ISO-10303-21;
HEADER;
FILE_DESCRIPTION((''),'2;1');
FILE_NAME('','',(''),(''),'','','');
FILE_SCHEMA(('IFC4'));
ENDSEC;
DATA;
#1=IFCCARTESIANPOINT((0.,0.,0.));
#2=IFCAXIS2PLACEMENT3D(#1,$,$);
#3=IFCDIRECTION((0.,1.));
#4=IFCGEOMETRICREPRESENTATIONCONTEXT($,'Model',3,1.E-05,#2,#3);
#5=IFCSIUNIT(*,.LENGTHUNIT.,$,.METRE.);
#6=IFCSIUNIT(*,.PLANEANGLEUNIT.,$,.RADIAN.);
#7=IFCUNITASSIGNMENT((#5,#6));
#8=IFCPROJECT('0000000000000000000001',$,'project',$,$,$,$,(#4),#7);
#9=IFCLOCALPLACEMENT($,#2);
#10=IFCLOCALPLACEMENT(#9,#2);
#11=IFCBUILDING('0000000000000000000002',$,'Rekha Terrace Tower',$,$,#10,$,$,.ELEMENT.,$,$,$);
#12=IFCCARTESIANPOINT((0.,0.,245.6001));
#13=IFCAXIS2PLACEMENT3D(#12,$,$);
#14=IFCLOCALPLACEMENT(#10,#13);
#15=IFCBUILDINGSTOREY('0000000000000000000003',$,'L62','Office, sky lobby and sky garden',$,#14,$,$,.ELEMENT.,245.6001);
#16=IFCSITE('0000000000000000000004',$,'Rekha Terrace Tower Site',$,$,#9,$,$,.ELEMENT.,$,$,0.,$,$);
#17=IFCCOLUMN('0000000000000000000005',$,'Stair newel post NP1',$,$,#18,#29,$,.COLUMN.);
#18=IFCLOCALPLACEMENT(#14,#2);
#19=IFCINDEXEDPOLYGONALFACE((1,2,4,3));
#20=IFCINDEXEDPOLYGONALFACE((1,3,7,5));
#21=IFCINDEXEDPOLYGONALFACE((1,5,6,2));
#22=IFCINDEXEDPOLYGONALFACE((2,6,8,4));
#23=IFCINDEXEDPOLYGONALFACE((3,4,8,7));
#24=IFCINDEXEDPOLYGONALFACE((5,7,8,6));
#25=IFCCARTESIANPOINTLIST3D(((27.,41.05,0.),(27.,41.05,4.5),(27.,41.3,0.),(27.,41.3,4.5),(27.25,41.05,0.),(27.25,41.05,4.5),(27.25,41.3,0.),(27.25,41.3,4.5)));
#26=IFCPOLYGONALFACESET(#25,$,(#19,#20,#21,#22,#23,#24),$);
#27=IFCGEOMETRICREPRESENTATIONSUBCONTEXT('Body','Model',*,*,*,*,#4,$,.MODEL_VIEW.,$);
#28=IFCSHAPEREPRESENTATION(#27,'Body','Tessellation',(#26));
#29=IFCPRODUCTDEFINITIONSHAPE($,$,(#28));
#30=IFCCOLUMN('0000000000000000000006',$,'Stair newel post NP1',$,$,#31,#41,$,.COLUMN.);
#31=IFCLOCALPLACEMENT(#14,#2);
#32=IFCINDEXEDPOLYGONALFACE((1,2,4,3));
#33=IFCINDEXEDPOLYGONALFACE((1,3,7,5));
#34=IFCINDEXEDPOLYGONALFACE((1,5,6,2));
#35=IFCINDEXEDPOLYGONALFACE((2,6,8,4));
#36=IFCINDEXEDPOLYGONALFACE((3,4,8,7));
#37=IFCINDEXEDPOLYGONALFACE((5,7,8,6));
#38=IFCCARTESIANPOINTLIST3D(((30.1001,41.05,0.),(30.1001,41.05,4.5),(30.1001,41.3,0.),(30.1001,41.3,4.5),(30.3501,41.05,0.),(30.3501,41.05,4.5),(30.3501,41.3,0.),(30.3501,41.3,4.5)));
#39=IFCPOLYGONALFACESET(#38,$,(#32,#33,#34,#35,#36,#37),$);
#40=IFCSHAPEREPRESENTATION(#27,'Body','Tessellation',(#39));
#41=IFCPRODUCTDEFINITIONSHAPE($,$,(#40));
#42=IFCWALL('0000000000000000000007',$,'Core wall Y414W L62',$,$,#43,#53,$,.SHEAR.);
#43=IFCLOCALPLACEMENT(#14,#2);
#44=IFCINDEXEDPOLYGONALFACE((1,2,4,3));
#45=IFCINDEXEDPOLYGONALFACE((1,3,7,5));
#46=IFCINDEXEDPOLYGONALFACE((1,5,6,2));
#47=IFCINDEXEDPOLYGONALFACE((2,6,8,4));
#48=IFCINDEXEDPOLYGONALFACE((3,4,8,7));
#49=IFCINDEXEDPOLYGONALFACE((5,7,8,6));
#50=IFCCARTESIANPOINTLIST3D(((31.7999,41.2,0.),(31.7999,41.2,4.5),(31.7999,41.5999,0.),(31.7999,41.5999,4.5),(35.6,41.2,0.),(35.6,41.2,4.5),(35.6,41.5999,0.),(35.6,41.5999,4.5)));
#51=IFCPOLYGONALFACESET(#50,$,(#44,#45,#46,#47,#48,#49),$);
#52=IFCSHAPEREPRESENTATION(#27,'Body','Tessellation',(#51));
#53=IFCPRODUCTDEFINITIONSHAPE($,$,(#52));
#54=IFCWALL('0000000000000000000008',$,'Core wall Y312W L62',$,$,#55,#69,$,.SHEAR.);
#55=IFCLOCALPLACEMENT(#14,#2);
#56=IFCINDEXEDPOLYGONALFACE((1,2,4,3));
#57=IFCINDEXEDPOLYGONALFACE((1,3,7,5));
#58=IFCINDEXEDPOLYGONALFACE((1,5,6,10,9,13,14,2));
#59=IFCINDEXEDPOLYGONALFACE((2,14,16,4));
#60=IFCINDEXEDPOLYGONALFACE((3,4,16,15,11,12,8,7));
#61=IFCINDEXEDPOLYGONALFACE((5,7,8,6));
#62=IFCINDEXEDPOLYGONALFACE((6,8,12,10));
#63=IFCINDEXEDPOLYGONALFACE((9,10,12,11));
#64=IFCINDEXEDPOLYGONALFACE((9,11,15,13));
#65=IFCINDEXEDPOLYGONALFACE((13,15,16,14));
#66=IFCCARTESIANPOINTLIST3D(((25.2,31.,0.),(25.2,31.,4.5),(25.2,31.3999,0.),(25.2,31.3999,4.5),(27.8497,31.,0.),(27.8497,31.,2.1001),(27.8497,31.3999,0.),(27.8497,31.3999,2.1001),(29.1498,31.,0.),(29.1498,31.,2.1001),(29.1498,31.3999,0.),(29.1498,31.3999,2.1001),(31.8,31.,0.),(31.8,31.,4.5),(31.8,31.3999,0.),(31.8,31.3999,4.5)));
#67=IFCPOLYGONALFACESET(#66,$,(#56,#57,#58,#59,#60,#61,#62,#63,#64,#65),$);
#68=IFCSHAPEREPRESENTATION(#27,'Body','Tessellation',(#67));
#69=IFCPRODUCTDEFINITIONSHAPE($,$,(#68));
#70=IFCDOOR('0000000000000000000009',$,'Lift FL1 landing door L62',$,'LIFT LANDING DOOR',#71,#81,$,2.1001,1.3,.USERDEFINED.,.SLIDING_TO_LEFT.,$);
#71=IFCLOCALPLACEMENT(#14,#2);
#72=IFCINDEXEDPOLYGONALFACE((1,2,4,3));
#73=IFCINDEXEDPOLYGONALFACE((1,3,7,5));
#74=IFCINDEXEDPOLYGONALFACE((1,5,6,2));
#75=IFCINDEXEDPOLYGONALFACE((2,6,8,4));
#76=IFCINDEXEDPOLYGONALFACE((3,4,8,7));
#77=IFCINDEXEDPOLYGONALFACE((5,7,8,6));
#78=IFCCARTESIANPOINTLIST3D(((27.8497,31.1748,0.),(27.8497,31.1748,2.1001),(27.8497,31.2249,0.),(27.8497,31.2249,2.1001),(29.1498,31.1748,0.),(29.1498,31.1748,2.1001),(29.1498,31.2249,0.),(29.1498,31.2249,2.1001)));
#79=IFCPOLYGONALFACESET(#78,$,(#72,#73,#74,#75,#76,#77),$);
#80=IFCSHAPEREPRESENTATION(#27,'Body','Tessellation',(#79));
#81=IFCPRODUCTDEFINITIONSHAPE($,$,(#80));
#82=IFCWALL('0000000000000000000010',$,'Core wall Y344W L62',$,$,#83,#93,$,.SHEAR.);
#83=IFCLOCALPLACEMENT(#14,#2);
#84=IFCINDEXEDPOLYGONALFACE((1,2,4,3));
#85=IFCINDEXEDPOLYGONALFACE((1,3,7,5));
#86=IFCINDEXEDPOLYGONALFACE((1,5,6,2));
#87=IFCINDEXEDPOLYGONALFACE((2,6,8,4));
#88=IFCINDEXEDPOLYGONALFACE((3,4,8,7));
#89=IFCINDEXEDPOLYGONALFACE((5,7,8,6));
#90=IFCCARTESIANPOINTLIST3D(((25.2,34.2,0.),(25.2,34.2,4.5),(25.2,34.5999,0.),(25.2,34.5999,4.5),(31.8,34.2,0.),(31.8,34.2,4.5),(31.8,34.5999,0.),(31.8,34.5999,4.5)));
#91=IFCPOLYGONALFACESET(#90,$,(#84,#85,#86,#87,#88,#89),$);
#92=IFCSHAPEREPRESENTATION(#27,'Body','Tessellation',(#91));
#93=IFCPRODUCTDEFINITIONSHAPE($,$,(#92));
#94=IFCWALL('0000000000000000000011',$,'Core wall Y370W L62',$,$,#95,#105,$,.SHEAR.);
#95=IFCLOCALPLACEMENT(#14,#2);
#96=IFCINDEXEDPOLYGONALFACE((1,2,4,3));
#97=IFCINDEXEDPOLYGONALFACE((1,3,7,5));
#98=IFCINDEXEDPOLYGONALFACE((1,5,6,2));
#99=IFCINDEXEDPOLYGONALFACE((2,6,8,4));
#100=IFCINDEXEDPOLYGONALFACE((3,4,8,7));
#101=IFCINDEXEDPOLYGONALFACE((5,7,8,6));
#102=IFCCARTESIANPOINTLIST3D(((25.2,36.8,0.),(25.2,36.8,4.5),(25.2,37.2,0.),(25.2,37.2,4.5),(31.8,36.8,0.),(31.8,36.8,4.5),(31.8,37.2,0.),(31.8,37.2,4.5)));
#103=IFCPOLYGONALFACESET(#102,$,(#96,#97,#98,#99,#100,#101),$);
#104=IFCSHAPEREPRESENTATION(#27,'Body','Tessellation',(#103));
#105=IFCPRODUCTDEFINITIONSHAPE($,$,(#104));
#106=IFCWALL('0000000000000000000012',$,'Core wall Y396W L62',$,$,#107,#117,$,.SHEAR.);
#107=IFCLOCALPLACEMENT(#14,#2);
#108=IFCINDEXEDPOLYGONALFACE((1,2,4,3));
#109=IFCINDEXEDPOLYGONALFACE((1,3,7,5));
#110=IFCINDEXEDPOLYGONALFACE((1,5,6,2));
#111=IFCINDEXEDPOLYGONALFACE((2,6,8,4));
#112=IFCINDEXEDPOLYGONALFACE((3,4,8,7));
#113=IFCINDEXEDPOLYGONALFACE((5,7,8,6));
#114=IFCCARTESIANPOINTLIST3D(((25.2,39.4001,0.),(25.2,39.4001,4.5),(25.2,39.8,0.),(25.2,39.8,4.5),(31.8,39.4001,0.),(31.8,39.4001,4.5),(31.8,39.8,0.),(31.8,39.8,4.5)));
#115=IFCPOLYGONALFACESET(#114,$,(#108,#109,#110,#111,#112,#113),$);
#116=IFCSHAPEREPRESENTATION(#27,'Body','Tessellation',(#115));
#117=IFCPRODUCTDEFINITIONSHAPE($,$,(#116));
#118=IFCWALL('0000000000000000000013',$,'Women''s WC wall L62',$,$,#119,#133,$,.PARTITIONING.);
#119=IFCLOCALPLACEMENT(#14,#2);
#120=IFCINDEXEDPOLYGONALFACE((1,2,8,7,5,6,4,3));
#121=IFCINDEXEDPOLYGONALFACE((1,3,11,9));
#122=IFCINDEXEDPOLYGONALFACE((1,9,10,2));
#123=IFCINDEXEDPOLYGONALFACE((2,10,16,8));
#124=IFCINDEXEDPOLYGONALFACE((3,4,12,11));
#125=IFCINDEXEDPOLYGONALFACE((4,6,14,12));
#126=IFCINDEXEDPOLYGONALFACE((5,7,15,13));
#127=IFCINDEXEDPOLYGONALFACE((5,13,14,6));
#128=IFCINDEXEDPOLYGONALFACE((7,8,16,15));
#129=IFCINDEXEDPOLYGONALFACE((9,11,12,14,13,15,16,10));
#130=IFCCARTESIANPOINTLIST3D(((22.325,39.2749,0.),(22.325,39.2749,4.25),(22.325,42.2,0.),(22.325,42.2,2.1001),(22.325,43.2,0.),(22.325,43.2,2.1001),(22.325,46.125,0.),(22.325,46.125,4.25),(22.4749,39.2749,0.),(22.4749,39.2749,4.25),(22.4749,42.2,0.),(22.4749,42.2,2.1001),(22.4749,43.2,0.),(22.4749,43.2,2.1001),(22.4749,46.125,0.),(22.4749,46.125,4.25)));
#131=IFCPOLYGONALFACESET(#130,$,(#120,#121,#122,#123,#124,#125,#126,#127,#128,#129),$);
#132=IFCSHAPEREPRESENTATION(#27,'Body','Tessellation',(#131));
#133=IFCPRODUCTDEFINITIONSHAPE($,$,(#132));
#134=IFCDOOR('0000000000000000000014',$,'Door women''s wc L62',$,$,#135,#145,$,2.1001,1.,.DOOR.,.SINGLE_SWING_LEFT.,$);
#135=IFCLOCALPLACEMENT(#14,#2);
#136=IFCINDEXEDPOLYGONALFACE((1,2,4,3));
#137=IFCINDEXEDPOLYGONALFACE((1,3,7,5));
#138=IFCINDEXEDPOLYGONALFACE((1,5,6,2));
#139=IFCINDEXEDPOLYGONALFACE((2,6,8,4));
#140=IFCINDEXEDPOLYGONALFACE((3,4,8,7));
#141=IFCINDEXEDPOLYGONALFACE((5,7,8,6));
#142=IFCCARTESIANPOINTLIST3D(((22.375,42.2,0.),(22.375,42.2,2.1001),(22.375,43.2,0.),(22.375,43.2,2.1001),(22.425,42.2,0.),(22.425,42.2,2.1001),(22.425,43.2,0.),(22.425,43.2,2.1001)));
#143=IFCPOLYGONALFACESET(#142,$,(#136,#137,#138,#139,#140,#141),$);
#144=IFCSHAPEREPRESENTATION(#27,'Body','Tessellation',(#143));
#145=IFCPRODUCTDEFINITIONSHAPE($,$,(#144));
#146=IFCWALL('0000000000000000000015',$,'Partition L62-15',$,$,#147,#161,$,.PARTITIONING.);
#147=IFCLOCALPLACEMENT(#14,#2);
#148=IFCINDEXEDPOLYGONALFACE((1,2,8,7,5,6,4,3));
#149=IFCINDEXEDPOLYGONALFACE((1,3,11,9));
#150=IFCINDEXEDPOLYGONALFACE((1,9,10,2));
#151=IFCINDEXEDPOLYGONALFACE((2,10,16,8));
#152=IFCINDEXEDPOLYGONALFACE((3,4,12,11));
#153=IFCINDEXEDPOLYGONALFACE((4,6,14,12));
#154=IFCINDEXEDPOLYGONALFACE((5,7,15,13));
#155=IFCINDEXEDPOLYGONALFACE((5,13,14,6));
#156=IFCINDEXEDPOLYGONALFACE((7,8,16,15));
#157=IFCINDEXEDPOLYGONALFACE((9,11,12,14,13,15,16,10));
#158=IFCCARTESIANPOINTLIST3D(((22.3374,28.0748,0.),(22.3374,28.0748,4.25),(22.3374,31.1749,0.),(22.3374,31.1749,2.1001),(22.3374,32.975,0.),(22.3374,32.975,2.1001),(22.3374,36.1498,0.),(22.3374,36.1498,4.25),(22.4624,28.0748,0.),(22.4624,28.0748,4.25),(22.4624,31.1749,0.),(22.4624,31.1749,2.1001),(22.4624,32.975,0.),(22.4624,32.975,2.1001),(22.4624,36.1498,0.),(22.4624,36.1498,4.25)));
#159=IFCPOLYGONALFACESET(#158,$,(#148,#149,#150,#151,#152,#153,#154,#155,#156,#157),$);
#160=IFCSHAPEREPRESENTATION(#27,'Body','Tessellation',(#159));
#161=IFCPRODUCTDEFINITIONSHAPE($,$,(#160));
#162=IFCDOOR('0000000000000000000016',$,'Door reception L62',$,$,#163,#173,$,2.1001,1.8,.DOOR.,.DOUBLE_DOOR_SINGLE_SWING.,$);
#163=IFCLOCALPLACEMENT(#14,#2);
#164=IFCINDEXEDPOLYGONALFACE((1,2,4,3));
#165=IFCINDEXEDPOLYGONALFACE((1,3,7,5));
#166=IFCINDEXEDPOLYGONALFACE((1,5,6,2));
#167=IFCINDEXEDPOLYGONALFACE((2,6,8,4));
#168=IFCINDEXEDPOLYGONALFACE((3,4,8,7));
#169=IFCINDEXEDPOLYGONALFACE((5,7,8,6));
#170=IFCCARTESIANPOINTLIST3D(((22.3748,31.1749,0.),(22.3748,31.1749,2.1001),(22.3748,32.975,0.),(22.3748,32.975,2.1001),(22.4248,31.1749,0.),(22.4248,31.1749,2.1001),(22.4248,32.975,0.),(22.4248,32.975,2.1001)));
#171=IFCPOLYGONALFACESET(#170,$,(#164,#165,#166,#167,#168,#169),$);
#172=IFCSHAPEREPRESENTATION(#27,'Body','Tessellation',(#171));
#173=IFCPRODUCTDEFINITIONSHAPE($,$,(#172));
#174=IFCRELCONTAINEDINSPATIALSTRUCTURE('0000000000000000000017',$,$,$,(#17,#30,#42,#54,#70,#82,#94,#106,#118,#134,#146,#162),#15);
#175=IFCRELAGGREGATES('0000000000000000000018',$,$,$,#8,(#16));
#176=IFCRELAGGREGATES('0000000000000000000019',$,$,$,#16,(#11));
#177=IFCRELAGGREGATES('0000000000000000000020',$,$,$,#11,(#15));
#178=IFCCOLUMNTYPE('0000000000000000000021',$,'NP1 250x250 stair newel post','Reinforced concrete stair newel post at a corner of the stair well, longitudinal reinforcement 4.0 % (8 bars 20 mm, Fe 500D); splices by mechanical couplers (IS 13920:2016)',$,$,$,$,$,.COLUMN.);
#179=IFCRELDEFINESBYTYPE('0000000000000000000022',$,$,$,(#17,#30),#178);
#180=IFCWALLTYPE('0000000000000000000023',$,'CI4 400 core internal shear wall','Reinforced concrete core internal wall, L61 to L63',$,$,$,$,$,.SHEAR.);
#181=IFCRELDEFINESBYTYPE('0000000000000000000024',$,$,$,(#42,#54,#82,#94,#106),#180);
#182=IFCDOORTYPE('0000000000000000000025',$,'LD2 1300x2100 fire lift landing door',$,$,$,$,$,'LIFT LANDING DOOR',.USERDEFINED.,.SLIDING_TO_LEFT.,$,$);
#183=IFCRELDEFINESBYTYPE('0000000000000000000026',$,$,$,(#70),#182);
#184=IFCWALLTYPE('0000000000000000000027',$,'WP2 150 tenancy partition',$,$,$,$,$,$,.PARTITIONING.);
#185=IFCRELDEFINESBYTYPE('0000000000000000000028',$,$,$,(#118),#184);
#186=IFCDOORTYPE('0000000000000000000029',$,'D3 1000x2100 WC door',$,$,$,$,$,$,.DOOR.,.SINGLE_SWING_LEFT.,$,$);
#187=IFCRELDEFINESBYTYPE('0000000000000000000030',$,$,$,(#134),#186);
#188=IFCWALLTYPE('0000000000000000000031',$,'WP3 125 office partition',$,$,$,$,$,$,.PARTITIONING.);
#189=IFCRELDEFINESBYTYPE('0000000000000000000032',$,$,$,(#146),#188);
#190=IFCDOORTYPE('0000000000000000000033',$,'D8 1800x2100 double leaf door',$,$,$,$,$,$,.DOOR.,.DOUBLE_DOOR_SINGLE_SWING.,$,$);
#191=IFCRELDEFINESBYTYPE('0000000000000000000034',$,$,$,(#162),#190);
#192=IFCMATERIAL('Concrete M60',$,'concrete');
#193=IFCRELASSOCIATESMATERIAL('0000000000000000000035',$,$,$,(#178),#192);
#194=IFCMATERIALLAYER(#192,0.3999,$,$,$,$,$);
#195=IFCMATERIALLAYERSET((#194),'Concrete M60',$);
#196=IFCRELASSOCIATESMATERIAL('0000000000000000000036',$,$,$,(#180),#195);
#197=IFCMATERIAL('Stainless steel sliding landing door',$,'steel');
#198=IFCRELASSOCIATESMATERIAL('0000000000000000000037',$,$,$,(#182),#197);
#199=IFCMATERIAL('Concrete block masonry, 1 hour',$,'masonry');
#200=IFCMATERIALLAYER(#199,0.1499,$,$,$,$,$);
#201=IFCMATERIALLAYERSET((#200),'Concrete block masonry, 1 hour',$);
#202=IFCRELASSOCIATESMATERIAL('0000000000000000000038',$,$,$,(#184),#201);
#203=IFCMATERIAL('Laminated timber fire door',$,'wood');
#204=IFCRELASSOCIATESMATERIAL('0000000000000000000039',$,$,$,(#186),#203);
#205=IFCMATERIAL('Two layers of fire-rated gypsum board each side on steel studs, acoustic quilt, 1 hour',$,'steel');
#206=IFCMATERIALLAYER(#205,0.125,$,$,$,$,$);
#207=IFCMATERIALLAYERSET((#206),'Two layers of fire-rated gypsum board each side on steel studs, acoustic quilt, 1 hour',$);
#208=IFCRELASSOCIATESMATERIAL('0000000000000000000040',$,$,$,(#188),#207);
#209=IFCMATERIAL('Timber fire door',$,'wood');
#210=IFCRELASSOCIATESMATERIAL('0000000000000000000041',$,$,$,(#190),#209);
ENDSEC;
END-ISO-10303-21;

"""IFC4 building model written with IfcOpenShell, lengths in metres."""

from ifc_helpers import new_model, si_unit, direction, frame, frame_2d, origin, origin_2d, place, context, subcontext, project, spatial, rectangle, extrude, material, layer, layer_set, material_profile, profile_set, type_object, element, fill, save


model = new_model("IFC4")

# Units and contexts
model_context = context("Model", 3, precision=1e-05, world=origin(), true_north=direction((0.0, 1.0)))
body_context = subcontext(model_context, "Body", "Model", "MODEL_VIEW")
ifc_project = project(units=[si_unit("LENGTHUNIT", "METRE"), si_unit("PLANEANGLEUNIT", "RADIAN")], contexts=[model_context])

# Site, building, storey
site_placement = place(None, origin())
site = spatial("IfcSite", under=ifc_project, at=site_placement, Name="Rekha Terrace Tower Site", CompositionType="ELEMENT", RefElevation=0.0)
building_placement = place(site_placement, origin())
building = spatial("IfcBuilding", under=site, at=building_placement, Name="Rekha Terrace Tower", CompositionType="ELEMENT")
storey_placement = place(building_placement, frame((0.0, 0.0, 245.6001)))
storey = spatial("IfcBuildingStorey", under=building, at=storey_placement, Name="L62", Description="Office, sky lobby and sky garden", CompositionType="ELEMENT", Elevation=245.6001)

# Columns
ifc_material_1 = material(Name="Concrete M60", Category="concrete")
ifc_material_profile = material_profile(ifc_material_1, rectangle(XDim=0.25, YDim=0.25, at=origin_2d()), Name="RC 250x250")
ifc_profile_set = profile_set([ifc_material_profile], Name="Concrete M60")
column_type = type_object("IfcColumnType", Name="NP1 250x250 stair newel post", Description="Reinforced concrete stair newel post at a corner of the stair well, longitudinal reinforcement 4.0 % (8 bars 20 mm, Fe 500D); splices by mechanical couplers (IS 13920:2016)", PredefinedType="COLUMN", material=ifc_profile_set)
for number, where, z_axis, x_axis, name in (
    (1, (27.125, 41.175, 0.0), (0.0, 0.0, 1.0), (1.0, 0.0, 0.0), "Stair newel post NP1"),
    (2, (30.2251, 41.175, 0.0), (0.0, 0.0, 1.0), (1.0, 0.0, 0.0), "Stair newel post NP1"),
):
    element("IfcColumn", number, at=place(storey_placement, frame(where, z_axis=z_axis, x_axis=x_axis)), inside=storey, type_object=column_type, Name=name, PredefinedType="COLUMN", context=body_context, shape_type="SweptSolid", body=[
        extrude(rectangle(XDim=0.25, YDim=0.25, at=origin_2d()), origin(), (0.0, 0.0, 1.0), 4.5),
    ])

# Wall
ifc_layer_1 = layer(ifc_material_1, 0.3999)
ifc_layer_set_1 = layer_set([ifc_layer_1], Name="Concrete M60")
wall_type_1 = type_object("IfcWallType", Name="CI4 400 core internal shear wall", Description="Reinforced concrete core internal wall, L61 to L63", PredefinedType="SHEAR", material=ifc_layer_set_1)
wall_1_placement = place(storey_placement, frame((31.8, 41.3999, 0.0), z_axis=(0.0, 0.0, 1.0), x_axis=(1.0, 0.0, 0.0)))
element("IfcWall", 3, at=wall_1_placement, inside=storey, type_object=wall_type_1, Name="Core wall Y414W L62", PredefinedType="SHEAR", context=body_context, shape_type="SweptSolid", body=[
    extrude(rectangle(XDim=3.8, YDim=0.3999, at=frame_2d((1.8999, 0.0))), origin(), (0.0, 0.0, 1.0), 4.5),
])

# Wall, opening, door
wall_2_placement = place(storey_placement, frame((25.2, 31.2, 0.0), z_axis=(0.0, 0.0, 1.0), x_axis=(1.0, 0.0, 0.0)))
wall_2 = element("IfcWall", 4, at=wall_2_placement, inside=storey, type_object=wall_type_1, Name="Core wall Y312W L62", PredefinedType="SHEAR", context=body_context, shape_type="SweptSolid", body=[
    extrude(rectangle(XDim=6.6001, YDim=0.3999, at=frame_2d((3.3, 0.0))), origin(), (0.0, 0.0, 1.0), 4.5),
])
opening_1_placement = place(wall_2_placement, frame((2.6499, 0.0, 0.0)))
opening_1 = element("IfcOpeningElement", 5, at=opening_1_placement, cuts=wall_2, PredefinedType="OPENING", context=body_context, shape_type="SweptSolid", body=[
    extrude(rectangle(XDim=1.3, YDim=2.1001, at=frame_2d((0.6499, 1.05))), frame((0.0, 0.21, 0.0), z_axis=(0.0, -1.0, 0.0), x_axis=(1.0, 0.0, 0.0)), (0.0, 0.0, 1.0), 0.4199),
])
ifc_material_2 = material(Name="Stainless steel sliding landing door", Category="steel")
door_type_1 = type_object("IfcDoorType", Name="LD2 1300x2100 fire lift landing door", ElementType="LIFT LANDING DOOR", OperationType="SLIDING_TO_LEFT", PredefinedType="USERDEFINED", material=ifc_material_2)
door_1_placement = place(opening_1_placement, origin())
door_1 = element("IfcDoor", 6, at=door_1_placement, inside=storey, type_object=door_type_1, Name="Lift FL1 landing door L62", ObjectType="LIFT LANDING DOOR", OperationType="SLIDING_TO_LEFT", OverallHeight=2.1001, OverallWidth=1.3, PredefinedType="USERDEFINED", context=body_context, shape_type="SweptSolid", body=[
    extrude(rectangle(XDim=1.3, YDim=2.1001, at=frame_2d((0.6499, 1.05))), frame((0.0, 0.0249, 0.0), z_axis=(0.0, -1.0, 0.0), x_axis=(1.0, 0.0, 0.0)), (0.0, 0.0, 1.0), 0.05),
])
fill(opening_1, door_1)

# Walls
for number, where, z_axis, x_axis, name in (
    (7, (25.2, 34.3999, 0.0), (0.0, 0.0, 1.0), (1.0, 0.0, 0.0), "Core wall Y344W L62"),
    (8, (25.2, 37.0, 0.0), (0.0, 0.0, 1.0), (1.0, 0.0, 0.0), "Core wall Y370W L62"),
    (9, (25.2, 39.6001, 0.0), (0.0, 0.0, 1.0), (1.0, 0.0, 0.0), "Core wall Y396W L62"),
):
    element("IfcWall", number, at=place(storey_placement, frame(where, z_axis=z_axis, x_axis=x_axis)), inside=storey, type_object=wall_type_1, Name=name, PredefinedType="SHEAR", context=body_context, shape_type="SweptSolid", body=[
        extrude(rectangle(XDim=6.6001, YDim=0.3999, at=frame_2d((3.3, 0.0))), origin(), (0.0, 0.0, 1.0), 4.5),
    ])

# Walls, openings, doors
ifc_material_3 = material(Name="Concrete block masonry, 1 hour", Category="masonry")
ifc_layer_2 = layer(ifc_material_3, 0.1499)
ifc_layer_set_2 = layer_set([ifc_layer_2], Name="Concrete block masonry, 1 hour")
wall_type_2 = type_object("IfcWallType", Name="WP2 150 tenancy partition", PredefinedType="PARTITIONING", material=ifc_layer_set_2)
wall_3_placement = place(storey_placement, frame((22.3999, 39.2749, 0.0), z_axis=(0.0, 0.0, 1.0), x_axis=(0.0, 1.0, 0.0)))
wall_3 = element("IfcWall", 10, at=wall_3_placement, inside=storey, type_object=wall_type_2, Name="Women's WC wall L62", PredefinedType="PARTITIONING", context=body_context, shape_type="SweptSolid", body=[
    extrude(rectangle(XDim=6.8501, YDim=0.1499, at=frame_2d((3.425, 0.0))), origin(), (0.0, 0.0, 1.0), 4.25),
])
opening_2_placement = place(wall_3_placement, frame((2.925, 0.0, 0.0)))
opening_2 = element("IfcOpeningElement", 11, at=opening_2_placement, cuts=wall_3, PredefinedType="OPENING", context=body_context, shape_type="SweptSolid", body=[
    extrude(rectangle(XDim=1.0, YDim=2.1001, at=frame_2d((0.5, 1.05))), frame((0.0, 0.085, 0.0), z_axis=(0.0, -1.0, 0.0), x_axis=(1.0, 0.0, 0.0)), (0.0, 0.0, 1.0), 0.1699),
])
ifc_material_4 = material(Name="Laminated timber fire door", Category="wood")
door_type_2 = type_object("IfcDoorType", Name="D3 1000x2100 WC door", OperationType="SINGLE_SWING_LEFT", PredefinedType="DOOR", material=ifc_material_4)
door_2_placement = place(opening_2_placement, origin())
door_2 = element("IfcDoor", 12, at=door_2_placement, inside=storey, type_object=door_type_2, Name="Door women's wc L62", OperationType="SINGLE_SWING_LEFT", OverallHeight=2.1001, OverallWidth=1.0, PredefinedType="DOOR", context=body_context, shape_type="SweptSolid", body=[
    extrude(rectangle(XDim=1.0, YDim=2.1001, at=frame_2d((0.5, 1.05))), frame((0.0, 0.0249, 0.0), z_axis=(0.0, -1.0, 0.0), x_axis=(1.0, 0.0, 0.0)), (0.0, 0.0, 1.0), 0.05),
])
fill(opening_2, door_2)
ifc_material_5 = material(Name="Two layers of fire-rated gypsum board each side on steel studs, acoustic quilt, 1 hour", Category="steel")
ifc_layer_3 = layer(ifc_material_5, 0.125)
ifc_layer_set_3 = layer_set([ifc_layer_3], Name="Two layers of fire-rated gypsum board each side on steel studs, acoustic quilt, 1 hour")
wall_type_3 = type_object("IfcWallType", Name="WP3 125 office partition", PredefinedType="PARTITIONING", material=ifc_layer_set_3)
wall_4_placement = place(storey_placement, frame((22.3999, 36.1499, 0.0), z_axis=(0.0, 0.0, 1.0), x_axis=(0.0, -1.0, 0.0)))
wall_4 = element("IfcWall", 13, at=wall_4_placement, inside=storey, type_object=wall_type_3, Name="Partition L62-15", PredefinedType="PARTITIONING", context=body_context, shape_type="SweptSolid", body=[
    extrude(rectangle(XDim=8.075, YDim=0.125, at=frame_2d((4.0376, 0.0))), origin(), (0.0, 0.0, 1.0), 4.25),
])
opening_3_placement = place(wall_4_placement, frame((3.175, 0.0, 0.0)))
opening_3 = element("IfcOpeningElement", 14, at=opening_3_placement, cuts=wall_4, PredefinedType="OPENING", context=body_context, shape_type="SweptSolid", body=[
    extrude(rectangle(XDim=1.8, YDim=2.1001, at=frame_2d((0.8999, 1.05))), frame((0.0, 0.0725, 0.0), z_axis=(0.0, -1.0, 0.0), x_axis=(1.0, 0.0, 0.0)), (0.0, 0.0, 1.0), 0.145),
])
ifc_material_6 = material(Name="Timber fire door", Category="wood")
door_type_3 = type_object("IfcDoorType", Name="D8 1800x2100 double leaf door", OperationType="DOUBLE_DOOR_SINGLE_SWING", PredefinedType="DOOR", material=ifc_material_6)
door_3_placement = place(opening_3_placement, origin())
door_3 = element("IfcDoor", 15, at=door_3_placement, inside=storey, type_object=door_type_3, Name="Door reception L62", OperationType="DOUBLE_DOOR_SINGLE_SWING", OverallHeight=2.1001, OverallWidth=1.8, PredefinedType="DOOR", context=body_context, shape_type="SweptSolid", body=[
    extrude(rectangle(XDim=1.8, YDim=2.1001, at=frame_2d((0.8999, 1.05))), frame((0.0, 0.0249, 0.0), z_axis=(0.0, -1.0, 0.0), x_axis=(1.0, 0.0, 0.0)), (0.0, 0.0, 1.0), 0.05),
])
fill(opening_3, door_3)

save(model, "model.ifc")
